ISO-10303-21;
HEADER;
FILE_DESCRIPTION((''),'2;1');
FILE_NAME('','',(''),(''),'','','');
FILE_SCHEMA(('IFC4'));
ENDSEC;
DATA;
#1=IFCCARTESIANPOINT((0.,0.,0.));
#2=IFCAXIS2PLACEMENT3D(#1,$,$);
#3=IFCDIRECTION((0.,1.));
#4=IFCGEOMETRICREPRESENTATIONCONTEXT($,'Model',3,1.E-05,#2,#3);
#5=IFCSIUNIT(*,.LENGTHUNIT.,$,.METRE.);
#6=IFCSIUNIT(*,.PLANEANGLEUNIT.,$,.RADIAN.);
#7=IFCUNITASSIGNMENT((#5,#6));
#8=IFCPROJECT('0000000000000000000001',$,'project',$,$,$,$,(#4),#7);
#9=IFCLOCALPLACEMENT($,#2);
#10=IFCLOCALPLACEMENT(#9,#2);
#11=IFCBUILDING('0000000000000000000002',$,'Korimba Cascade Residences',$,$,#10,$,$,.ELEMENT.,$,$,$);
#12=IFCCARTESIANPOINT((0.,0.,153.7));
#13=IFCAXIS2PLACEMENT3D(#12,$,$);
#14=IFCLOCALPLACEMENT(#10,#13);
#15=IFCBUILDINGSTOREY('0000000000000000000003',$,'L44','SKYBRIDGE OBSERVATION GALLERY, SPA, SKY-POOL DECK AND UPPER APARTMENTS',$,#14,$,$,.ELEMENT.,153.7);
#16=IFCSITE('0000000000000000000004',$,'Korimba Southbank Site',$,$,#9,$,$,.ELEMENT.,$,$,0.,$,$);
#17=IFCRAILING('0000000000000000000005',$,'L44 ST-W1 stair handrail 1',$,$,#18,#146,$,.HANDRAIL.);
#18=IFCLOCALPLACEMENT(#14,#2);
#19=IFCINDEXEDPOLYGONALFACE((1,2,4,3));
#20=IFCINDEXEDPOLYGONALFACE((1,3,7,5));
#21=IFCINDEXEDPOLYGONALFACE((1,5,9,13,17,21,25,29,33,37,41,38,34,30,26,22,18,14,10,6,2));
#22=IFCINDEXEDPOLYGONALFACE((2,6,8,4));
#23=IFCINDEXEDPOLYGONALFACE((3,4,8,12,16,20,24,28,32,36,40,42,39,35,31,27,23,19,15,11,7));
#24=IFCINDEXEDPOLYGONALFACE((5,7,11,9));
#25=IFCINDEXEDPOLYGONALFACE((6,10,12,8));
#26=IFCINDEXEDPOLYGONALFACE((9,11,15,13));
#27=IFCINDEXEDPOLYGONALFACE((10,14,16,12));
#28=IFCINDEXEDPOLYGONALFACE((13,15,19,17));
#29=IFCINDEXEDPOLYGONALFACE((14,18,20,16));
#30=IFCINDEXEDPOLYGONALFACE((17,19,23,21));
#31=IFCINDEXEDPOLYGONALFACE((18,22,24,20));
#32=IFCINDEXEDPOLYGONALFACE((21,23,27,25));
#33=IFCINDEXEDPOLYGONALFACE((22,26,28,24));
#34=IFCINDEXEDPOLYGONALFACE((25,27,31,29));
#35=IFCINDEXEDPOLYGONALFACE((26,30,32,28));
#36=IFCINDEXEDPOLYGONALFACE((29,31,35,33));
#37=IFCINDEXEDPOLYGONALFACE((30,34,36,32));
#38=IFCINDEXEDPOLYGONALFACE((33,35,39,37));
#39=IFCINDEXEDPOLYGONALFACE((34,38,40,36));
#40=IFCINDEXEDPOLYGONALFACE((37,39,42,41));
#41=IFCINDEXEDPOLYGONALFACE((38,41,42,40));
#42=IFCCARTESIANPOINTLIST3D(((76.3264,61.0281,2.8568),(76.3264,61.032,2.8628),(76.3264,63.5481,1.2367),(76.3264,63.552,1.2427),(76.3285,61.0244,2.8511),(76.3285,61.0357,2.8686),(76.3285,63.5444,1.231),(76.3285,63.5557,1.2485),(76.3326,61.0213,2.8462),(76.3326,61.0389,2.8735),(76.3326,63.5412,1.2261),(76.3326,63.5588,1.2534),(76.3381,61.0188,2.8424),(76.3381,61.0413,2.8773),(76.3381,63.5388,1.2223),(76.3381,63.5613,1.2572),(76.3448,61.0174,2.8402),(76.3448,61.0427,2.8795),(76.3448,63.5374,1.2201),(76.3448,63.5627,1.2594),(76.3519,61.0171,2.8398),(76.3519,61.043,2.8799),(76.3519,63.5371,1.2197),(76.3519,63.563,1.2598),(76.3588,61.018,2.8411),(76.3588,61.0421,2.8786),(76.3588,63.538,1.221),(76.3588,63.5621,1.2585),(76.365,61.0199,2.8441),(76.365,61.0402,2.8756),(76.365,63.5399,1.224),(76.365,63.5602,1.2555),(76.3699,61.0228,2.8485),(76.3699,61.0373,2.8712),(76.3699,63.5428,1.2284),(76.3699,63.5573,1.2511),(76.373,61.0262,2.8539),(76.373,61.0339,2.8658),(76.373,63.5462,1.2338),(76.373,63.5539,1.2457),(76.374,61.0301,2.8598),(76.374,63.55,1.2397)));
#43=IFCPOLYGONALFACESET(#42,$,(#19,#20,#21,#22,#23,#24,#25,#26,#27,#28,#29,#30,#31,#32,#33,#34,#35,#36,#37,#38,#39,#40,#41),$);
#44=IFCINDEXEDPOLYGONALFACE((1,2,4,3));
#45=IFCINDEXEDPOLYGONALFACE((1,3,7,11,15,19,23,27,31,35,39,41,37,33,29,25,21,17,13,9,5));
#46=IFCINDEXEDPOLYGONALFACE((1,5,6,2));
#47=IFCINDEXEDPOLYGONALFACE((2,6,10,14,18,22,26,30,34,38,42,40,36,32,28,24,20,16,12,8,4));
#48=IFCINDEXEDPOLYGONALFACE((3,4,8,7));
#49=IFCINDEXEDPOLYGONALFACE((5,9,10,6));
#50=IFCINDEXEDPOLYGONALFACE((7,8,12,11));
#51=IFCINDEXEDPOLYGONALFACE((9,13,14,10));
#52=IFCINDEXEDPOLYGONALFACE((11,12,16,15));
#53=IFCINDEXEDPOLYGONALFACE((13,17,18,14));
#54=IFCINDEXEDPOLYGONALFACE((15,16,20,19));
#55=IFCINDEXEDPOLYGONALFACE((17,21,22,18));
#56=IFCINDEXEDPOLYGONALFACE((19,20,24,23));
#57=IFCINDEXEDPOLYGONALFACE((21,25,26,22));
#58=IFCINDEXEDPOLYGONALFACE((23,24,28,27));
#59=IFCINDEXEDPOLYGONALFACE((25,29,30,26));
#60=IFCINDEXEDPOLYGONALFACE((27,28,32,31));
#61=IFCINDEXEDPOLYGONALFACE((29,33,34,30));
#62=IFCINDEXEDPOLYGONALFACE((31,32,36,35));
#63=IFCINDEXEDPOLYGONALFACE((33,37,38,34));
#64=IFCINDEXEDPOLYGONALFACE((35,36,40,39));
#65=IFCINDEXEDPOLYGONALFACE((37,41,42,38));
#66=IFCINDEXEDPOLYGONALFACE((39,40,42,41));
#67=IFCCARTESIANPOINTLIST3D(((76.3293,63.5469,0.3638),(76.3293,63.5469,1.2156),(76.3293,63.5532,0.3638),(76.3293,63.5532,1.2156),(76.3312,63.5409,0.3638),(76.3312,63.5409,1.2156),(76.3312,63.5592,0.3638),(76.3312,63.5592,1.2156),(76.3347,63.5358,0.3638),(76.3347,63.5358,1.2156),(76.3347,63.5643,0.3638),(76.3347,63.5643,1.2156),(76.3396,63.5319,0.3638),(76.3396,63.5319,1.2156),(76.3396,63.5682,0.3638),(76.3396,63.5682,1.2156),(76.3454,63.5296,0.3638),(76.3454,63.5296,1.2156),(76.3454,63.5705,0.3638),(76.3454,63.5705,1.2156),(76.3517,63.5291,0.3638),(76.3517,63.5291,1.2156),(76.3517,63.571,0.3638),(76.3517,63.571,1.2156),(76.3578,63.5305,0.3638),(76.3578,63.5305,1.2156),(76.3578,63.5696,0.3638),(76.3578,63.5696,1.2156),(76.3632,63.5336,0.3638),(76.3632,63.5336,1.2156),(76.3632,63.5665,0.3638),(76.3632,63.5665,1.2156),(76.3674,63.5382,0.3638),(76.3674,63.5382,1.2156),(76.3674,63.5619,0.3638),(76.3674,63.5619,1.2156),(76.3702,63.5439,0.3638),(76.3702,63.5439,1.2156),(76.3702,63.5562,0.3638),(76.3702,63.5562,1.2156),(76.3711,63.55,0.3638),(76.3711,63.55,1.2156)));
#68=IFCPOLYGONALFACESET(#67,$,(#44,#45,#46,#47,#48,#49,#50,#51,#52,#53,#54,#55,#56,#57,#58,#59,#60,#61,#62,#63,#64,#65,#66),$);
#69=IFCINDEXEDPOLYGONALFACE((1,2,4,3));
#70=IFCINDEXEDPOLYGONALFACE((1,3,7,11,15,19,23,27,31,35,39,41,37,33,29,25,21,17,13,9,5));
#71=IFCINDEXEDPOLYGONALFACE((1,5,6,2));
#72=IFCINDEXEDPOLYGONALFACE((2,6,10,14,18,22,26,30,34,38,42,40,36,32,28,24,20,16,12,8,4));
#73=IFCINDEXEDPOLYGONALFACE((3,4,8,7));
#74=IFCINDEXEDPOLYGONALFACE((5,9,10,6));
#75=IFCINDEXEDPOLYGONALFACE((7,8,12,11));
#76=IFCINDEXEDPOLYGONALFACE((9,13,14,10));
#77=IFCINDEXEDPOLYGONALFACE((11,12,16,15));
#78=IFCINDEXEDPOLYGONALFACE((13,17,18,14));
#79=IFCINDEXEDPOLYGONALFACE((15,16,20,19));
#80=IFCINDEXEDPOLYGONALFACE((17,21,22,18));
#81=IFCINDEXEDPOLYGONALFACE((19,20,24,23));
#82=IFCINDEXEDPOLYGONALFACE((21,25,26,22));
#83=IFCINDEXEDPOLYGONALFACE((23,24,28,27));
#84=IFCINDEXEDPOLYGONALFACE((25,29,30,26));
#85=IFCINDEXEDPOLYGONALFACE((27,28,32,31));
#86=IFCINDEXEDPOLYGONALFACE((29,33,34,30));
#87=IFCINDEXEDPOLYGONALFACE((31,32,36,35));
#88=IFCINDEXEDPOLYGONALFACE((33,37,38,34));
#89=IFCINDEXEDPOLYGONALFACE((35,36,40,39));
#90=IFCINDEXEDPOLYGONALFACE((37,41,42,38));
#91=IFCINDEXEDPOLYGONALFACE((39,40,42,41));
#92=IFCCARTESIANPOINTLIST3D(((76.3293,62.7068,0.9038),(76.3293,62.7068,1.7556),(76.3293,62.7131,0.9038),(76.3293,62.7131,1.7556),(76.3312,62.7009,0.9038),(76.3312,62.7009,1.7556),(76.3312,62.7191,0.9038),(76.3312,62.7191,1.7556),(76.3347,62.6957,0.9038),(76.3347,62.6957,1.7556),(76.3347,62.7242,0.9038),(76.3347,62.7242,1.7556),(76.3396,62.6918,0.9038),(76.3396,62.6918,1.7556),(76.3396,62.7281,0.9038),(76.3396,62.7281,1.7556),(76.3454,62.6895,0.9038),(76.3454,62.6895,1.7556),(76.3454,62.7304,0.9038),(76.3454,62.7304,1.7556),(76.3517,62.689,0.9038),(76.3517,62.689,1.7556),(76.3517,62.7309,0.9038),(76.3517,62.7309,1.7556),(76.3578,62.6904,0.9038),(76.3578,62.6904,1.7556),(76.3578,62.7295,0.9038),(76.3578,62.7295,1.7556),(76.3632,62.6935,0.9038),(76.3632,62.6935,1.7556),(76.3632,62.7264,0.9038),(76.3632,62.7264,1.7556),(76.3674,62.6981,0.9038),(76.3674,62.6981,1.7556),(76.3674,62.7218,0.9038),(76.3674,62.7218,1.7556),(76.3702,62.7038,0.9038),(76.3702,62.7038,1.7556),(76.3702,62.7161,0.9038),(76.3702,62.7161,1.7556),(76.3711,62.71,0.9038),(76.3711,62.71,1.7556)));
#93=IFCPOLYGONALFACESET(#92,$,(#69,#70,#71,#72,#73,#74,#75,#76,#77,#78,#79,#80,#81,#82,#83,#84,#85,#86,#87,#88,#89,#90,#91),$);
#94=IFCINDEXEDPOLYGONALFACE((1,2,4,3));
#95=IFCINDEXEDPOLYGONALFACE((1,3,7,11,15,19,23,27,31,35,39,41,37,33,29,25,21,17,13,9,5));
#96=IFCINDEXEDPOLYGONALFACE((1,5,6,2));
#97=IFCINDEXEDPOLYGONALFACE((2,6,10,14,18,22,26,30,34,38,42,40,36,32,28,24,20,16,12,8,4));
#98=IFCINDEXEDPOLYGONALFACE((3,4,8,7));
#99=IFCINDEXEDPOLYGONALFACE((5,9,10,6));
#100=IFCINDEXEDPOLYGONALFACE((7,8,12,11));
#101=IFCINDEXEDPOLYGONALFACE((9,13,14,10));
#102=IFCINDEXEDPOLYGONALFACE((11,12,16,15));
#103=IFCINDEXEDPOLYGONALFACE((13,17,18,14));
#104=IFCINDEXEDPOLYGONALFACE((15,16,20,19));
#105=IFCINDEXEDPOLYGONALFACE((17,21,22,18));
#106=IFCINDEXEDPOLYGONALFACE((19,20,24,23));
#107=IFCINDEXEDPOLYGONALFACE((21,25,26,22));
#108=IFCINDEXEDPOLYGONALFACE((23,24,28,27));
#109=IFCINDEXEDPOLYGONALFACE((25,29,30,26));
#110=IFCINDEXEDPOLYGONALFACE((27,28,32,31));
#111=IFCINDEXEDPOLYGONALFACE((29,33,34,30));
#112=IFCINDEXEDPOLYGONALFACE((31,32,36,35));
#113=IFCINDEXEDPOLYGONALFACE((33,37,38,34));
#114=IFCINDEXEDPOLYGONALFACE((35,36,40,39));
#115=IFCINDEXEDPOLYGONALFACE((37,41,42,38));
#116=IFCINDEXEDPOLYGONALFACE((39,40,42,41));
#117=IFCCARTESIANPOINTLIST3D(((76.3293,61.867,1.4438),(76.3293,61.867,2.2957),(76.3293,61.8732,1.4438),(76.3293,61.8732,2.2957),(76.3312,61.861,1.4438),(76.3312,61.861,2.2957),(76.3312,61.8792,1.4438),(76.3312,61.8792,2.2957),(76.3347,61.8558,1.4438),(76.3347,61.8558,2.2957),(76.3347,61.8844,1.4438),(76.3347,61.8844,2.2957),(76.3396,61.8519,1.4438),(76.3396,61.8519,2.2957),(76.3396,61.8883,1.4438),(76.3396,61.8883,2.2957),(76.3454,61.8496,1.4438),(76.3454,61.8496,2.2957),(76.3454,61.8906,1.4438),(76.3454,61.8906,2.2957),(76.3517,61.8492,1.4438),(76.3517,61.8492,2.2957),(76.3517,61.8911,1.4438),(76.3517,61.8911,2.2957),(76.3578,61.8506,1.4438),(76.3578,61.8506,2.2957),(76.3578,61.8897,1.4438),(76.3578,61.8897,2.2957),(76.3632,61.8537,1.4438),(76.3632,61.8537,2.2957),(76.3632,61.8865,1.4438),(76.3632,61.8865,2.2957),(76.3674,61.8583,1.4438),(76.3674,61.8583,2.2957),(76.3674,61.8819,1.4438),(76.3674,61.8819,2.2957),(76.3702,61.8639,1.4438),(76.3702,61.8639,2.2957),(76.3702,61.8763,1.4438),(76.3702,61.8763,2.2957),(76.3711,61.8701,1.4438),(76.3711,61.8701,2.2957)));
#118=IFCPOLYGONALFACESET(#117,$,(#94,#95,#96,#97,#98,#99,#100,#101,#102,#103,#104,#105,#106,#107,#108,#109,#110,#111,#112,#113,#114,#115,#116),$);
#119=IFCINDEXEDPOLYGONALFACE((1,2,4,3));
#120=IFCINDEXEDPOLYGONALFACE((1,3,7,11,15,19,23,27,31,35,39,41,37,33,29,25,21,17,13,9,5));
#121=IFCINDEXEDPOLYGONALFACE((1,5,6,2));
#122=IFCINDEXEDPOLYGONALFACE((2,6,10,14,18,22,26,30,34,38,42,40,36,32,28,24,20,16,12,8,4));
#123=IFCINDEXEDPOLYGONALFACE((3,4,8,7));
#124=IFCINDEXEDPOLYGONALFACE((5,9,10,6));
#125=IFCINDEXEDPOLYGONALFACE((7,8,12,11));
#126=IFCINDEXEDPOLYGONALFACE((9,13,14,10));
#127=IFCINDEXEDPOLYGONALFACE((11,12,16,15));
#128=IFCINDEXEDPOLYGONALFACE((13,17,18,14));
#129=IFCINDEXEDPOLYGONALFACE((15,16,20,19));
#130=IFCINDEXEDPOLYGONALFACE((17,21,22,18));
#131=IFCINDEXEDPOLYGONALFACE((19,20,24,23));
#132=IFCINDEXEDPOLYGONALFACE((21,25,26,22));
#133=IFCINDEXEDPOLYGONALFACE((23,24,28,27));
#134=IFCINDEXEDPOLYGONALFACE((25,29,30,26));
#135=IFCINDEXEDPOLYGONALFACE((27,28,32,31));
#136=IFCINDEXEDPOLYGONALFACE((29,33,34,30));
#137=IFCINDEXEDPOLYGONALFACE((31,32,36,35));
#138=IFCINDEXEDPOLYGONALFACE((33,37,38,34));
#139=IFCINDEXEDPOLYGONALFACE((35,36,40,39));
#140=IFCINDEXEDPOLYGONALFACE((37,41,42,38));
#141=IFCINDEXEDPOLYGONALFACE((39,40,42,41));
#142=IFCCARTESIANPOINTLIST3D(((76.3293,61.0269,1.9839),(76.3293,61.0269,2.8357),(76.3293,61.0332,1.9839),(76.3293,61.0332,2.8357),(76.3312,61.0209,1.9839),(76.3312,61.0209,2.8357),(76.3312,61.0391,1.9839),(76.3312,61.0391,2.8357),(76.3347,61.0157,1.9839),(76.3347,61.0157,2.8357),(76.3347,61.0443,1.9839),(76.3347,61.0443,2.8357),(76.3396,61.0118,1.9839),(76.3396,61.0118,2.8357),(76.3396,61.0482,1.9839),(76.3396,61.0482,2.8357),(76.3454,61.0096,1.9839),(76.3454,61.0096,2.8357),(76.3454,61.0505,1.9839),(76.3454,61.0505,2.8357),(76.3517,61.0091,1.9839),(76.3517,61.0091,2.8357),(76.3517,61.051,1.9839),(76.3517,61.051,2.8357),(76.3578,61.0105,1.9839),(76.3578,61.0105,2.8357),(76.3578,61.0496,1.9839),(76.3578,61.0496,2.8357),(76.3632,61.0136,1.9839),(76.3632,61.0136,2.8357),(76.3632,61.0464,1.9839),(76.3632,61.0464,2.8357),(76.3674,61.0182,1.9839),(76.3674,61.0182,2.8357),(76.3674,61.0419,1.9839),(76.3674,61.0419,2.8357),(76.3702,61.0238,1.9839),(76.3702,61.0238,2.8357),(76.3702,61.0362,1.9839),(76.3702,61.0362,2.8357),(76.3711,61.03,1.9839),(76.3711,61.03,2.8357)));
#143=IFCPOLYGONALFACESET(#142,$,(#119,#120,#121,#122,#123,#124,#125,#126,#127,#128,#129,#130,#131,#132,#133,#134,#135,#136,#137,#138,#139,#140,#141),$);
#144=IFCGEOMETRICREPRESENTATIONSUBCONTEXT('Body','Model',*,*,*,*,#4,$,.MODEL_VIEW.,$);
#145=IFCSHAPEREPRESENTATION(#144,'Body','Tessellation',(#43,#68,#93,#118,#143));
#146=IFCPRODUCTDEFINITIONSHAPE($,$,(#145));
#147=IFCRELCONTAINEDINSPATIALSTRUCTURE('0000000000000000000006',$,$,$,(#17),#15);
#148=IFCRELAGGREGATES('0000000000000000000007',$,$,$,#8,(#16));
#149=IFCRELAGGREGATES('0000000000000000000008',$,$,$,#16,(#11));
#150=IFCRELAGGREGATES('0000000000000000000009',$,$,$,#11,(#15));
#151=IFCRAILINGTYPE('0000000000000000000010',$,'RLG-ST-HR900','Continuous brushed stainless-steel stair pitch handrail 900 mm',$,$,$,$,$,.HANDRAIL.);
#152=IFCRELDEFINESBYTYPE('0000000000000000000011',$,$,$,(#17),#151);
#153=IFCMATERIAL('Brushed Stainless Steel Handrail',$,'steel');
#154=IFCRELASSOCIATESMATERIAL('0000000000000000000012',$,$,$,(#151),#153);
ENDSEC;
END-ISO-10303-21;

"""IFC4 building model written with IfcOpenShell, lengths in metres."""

from ifc_helpers import new_model, si_unit, direction, frame, origin, origin_2d, place, context, subcontext, project, spatial, circle, extrude, material, type_object, element, save


model = new_model("IFC4")

# Units and contexts
model_context = context("Model", 3, precision=1e-05, world=origin(), true_north=direction((0.0, 1.0)))
body_context = subcontext(model_context, "Body", "Model", "MODEL_VIEW")
ifc_project = project(units=[si_unit("LENGTHUNIT", "METRE"), si_unit("PLANEANGLEUNIT", "RADIAN")], contexts=[model_context])

# Site, building, storey
site_placement = place(None, origin())
site = spatial("IfcSite", under=ifc_project, at=site_placement, Name="Korimba Southbank Site", CompositionType="ELEMENT", RefElevation=0.0)
building_placement = place(site_placement, origin())
building = spatial("IfcBuilding", under=site, at=building_placement, Name="Korimba Cascade Residences", CompositionType="ELEMENT")
storey_placement = place(building_placement, frame((0.0, 0.0, 153.7)))
storey = spatial("IfcBuildingStorey", under=building, at=storey_placement, Name="L44", Description="SKYBRIDGE OBSERVATION GALLERY, SPA, SKY-POOL DECK AND UPPER APARTMENTS", CompositionType="ELEMENT", Elevation=153.7)

# Railing
ifc_material_1 = material(Name="Brushed Stainless Steel Handrail", Category="steel")
railing_type_1 = type_object("IfcRailingType", Name="RLG-ST-HR900", Description="Continuous brushed stainless-steel stair pitch handrail 900 mm", PredefinedType="HANDRAIL", material=ifc_material_1)
railing_1_placement = place(storey_placement, frame((76.3501, 63.55, 0.3638)))
element("IfcRailing", 1, at=railing_1_placement, inside=storey, type_object=railing_type_1, Name="L44 ST-W1 stair handrail 1", PredefinedType="HANDRAIL", context=body_context, shape_type="SweptSolid", body=[
    extrude(circle(Radius=0.0239, at=origin_2d()), frame((0.0, 0.0, 0.876), z_axis=(0.0, -0.841163, 0.540782), x_axis=(1.0, 0.0, 0.0)), (0.0, 0.0, 1.0), 2.9958),
    extrude(circle(Radius=0.021, at=origin_2d()), origin(), (0.0, 0.0, 1.0), 0.8518),
    extrude(circle(Radius=0.021, at=origin_2d()), frame((0.0, -0.8401, 0.54)), (0.0, 0.0, 1.0), 0.8518),
    extrude(circle(Radius=0.021, at=origin_2d()), frame((0.0, -1.6799, 1.0801)), (0.0, 0.0, 1.0), 0.8518),
    extrude(circle(Radius=0.021, at=origin_2d()), frame((0.0, -2.52, 1.6201)), (0.0, 0.0, 1.0), 0.8518),
])

save(model, "model.ifc")
